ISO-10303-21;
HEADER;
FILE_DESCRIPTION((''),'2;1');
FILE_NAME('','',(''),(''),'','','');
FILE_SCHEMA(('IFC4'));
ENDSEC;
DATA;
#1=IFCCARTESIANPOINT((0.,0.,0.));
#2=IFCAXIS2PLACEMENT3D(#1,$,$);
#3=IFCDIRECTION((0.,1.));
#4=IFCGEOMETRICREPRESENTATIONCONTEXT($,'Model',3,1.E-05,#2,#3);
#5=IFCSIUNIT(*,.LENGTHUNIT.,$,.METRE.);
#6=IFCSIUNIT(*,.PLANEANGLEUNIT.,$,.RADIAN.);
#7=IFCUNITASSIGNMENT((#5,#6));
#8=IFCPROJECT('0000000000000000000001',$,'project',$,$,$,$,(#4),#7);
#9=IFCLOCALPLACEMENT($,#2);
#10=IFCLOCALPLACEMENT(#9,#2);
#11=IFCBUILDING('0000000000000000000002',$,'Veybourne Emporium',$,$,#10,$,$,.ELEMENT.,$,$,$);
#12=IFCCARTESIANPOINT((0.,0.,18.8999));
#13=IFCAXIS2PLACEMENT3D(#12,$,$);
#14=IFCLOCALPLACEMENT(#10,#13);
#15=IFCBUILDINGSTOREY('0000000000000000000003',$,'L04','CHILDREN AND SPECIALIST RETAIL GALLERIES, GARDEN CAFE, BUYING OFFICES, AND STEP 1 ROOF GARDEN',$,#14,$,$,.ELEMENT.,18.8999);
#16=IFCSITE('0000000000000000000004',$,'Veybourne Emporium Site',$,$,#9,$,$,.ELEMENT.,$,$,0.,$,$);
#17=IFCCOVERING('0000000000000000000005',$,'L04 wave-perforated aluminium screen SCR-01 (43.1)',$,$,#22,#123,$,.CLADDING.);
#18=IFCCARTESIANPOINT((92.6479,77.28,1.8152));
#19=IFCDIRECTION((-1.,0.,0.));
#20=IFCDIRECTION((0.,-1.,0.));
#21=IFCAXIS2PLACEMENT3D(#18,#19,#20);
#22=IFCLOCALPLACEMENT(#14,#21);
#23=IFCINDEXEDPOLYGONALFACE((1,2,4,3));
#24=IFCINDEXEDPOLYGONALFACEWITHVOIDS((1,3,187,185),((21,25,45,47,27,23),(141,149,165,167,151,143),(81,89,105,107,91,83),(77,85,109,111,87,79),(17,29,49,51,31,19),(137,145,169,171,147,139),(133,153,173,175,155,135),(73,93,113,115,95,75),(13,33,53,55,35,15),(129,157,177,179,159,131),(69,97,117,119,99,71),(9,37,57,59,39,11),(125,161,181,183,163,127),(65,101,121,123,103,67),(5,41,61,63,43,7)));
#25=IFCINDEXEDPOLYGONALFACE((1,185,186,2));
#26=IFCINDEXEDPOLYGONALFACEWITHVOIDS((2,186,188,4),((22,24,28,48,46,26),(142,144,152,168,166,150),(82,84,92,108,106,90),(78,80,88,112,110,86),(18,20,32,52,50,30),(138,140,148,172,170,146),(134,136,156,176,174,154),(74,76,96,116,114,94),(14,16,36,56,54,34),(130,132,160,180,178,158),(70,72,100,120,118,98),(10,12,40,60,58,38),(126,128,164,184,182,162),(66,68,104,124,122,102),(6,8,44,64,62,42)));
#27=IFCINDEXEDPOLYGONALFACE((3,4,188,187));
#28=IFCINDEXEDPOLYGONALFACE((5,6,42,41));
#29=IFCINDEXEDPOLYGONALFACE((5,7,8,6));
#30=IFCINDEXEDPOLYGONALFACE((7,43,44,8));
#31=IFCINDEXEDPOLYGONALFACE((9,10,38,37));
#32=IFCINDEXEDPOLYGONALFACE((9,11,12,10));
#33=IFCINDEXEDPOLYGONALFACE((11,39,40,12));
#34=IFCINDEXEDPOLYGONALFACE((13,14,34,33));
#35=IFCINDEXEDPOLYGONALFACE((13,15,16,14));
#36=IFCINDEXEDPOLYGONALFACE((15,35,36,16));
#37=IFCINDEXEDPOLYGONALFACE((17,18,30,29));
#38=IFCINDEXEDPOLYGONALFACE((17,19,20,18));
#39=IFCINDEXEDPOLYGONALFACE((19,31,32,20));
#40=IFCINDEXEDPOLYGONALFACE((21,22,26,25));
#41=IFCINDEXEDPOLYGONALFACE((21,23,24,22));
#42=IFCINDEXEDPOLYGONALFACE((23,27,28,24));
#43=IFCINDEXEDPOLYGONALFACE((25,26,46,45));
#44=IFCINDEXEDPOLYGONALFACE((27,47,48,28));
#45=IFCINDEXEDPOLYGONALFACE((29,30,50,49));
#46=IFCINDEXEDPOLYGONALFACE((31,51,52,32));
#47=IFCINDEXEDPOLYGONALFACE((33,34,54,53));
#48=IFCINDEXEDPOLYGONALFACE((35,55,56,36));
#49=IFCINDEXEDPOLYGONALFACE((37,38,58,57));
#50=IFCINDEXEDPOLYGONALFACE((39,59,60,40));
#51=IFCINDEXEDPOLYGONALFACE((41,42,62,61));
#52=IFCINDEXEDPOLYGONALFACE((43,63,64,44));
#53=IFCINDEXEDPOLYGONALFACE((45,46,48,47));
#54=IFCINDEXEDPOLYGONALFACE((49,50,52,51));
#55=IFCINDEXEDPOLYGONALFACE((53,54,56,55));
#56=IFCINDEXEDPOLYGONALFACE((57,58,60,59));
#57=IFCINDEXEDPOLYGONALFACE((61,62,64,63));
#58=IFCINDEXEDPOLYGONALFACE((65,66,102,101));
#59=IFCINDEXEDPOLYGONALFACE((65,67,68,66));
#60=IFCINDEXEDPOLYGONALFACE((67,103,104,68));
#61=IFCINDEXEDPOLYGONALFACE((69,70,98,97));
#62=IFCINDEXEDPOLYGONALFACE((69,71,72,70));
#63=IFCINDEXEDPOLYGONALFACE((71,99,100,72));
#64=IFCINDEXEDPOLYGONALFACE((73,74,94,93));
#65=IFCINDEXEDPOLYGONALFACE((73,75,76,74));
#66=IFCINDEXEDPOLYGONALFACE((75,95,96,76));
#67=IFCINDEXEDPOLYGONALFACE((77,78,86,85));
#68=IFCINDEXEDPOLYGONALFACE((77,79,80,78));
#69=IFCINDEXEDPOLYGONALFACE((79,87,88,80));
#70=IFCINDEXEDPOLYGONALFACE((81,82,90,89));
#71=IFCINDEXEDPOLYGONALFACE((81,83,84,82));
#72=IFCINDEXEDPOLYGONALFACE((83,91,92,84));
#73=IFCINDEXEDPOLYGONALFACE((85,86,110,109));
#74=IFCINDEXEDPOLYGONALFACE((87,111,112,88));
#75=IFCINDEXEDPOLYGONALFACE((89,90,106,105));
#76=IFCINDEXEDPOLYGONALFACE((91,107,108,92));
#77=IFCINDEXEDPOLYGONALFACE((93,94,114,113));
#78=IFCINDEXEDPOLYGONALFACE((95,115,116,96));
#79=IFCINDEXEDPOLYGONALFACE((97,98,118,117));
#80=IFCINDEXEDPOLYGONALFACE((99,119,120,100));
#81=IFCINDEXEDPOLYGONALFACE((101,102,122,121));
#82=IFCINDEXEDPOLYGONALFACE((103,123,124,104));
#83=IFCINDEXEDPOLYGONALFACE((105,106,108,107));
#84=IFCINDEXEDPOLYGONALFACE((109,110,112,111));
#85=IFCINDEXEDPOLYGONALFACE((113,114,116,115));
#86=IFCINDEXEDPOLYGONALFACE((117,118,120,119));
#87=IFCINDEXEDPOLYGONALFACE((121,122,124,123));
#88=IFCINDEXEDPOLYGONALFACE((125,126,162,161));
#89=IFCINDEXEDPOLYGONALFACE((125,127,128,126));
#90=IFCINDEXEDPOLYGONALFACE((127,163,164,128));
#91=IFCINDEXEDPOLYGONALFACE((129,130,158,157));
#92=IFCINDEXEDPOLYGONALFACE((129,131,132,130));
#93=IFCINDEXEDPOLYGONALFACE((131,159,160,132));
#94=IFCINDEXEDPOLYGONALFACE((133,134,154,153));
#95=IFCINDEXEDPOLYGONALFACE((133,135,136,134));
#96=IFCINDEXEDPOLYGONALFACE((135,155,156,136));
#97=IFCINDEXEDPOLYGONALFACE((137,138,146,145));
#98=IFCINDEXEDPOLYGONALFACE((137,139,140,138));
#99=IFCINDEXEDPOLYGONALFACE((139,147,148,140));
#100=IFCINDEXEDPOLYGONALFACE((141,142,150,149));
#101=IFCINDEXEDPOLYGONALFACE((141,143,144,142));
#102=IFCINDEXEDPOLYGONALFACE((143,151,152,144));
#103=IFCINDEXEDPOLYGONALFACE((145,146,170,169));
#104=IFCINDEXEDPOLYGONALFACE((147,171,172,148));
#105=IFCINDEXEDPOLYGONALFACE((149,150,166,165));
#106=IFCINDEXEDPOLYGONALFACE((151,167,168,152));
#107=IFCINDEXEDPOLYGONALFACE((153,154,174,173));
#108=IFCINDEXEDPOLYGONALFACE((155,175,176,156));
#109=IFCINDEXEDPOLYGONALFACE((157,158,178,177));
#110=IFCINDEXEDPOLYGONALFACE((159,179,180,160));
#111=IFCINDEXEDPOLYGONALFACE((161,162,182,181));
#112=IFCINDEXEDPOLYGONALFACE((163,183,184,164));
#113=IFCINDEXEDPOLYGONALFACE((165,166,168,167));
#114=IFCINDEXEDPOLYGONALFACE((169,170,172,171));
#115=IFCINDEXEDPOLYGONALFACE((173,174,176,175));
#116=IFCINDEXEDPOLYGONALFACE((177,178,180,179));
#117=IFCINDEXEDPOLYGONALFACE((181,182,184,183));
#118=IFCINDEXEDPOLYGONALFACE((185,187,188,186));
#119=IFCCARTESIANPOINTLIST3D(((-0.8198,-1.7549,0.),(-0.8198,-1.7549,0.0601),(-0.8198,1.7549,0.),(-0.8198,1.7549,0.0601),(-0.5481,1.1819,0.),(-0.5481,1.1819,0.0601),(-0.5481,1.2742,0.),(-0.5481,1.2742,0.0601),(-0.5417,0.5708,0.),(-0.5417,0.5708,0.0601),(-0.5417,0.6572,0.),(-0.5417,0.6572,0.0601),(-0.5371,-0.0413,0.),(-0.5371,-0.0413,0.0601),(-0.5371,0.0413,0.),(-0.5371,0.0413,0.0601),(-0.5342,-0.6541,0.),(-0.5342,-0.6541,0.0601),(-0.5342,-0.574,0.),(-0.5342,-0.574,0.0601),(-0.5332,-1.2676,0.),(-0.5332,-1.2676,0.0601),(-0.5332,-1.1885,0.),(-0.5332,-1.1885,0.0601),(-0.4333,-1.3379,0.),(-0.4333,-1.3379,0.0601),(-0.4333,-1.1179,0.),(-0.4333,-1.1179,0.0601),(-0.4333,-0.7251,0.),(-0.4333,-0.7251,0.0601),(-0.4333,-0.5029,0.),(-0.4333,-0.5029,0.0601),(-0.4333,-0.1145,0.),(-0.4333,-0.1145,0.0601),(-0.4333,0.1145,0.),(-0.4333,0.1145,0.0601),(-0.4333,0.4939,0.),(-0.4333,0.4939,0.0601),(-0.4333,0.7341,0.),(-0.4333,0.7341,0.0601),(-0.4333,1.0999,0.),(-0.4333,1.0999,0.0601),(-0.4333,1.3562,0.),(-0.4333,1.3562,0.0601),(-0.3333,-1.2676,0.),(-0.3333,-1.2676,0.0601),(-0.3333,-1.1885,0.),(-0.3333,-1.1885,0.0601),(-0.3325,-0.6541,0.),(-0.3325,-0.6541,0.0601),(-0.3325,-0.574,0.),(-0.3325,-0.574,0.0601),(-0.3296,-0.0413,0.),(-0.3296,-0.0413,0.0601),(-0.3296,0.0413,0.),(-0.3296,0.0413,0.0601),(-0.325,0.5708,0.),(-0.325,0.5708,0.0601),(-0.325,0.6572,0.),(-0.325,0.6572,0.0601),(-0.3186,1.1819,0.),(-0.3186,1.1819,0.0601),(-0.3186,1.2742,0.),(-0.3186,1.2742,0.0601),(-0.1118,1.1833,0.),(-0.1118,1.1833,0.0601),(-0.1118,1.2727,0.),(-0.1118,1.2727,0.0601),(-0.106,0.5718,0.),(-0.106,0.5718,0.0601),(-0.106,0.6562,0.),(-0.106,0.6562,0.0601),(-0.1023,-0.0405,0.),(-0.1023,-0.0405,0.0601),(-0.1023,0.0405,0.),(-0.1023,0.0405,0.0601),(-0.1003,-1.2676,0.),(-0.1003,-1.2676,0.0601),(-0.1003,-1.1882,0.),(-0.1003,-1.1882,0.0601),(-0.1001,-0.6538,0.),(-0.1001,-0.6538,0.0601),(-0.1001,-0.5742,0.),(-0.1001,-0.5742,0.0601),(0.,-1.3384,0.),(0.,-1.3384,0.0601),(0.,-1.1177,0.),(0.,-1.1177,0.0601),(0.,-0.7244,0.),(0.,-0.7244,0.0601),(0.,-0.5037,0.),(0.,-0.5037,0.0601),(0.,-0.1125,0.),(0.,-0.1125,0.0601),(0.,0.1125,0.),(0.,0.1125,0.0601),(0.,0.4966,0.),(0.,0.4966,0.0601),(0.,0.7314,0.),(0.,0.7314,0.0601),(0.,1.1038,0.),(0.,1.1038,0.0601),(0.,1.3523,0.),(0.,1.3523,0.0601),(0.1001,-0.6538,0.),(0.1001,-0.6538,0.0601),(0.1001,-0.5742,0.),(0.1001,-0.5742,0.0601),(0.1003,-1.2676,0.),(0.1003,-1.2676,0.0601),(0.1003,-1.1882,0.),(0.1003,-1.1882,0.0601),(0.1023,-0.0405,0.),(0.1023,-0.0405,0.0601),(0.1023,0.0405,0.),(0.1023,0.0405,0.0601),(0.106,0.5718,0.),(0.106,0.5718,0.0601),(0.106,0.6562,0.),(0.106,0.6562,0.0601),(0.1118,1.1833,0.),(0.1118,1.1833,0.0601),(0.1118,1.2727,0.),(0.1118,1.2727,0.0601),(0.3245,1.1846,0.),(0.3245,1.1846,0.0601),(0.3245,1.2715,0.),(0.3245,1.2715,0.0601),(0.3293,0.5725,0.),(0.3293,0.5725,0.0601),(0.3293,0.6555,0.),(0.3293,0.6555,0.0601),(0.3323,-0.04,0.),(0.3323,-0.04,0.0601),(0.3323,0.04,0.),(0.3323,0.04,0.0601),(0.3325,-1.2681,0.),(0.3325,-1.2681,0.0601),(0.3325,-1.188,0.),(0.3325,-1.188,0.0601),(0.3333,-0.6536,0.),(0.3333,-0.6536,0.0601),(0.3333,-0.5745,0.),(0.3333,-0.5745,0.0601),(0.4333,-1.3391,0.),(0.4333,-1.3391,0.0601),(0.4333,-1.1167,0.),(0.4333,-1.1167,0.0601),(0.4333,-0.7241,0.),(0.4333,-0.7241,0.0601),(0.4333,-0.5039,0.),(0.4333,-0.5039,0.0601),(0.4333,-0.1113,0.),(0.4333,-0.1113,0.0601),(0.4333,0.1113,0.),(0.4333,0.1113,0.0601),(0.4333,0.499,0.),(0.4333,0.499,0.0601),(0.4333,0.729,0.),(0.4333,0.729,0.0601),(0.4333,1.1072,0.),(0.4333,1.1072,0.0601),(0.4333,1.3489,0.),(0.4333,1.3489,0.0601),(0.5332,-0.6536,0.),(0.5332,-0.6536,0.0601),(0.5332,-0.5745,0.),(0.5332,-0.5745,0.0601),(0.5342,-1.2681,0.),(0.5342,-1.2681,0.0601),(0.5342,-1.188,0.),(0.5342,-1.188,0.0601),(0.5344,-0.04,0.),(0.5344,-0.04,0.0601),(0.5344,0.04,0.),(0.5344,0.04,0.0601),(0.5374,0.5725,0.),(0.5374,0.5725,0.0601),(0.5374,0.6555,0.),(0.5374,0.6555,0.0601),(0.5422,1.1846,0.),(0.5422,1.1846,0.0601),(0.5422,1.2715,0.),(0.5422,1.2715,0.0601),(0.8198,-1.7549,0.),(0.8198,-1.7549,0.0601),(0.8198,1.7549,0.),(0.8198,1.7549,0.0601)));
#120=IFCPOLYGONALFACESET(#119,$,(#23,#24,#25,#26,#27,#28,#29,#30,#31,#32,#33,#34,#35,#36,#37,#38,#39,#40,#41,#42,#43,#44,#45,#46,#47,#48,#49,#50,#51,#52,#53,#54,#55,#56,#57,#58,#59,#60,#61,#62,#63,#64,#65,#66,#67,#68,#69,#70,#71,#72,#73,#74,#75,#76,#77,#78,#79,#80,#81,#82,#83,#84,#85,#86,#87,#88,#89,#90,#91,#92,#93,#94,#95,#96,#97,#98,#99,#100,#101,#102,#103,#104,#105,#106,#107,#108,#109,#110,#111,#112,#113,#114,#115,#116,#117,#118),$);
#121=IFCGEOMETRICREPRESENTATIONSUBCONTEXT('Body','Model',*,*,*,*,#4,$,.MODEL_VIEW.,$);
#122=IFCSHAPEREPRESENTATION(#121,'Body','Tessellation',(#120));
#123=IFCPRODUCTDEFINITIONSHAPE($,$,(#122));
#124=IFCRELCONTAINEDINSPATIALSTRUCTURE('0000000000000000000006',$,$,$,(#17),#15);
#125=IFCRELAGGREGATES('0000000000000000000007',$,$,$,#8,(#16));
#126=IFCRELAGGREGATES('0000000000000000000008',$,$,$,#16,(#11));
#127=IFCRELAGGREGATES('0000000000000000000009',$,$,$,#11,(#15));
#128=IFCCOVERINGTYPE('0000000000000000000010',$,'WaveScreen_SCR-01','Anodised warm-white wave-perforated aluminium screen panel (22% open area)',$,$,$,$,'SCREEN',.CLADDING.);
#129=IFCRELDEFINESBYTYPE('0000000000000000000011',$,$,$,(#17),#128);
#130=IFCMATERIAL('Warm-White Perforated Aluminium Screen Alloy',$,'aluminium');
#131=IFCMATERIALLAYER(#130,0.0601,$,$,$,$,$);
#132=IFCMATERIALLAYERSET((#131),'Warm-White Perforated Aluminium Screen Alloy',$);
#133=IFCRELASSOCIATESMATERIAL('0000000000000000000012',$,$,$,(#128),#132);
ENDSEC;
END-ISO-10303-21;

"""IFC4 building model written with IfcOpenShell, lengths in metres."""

from ifc_helpers import new_model, si_unit, direction, frame, origin, place, context, subcontext, project, spatial, polyline, outline, extrude, material, layer, layer_set, type_object, element, save


model = new_model("IFC4")

# Units and contexts
model_context = context("Model", 3, precision=1e-05, world=origin(), true_north=direction((0.0, 1.0)))
body_context = subcontext(model_context, "Body", "Model", "MODEL_VIEW")
ifc_project = project(units=[si_unit("LENGTHUNIT", "METRE"), si_unit("PLANEANGLEUNIT", "RADIAN")], contexts=[model_context])

# Site, building, storey
site_placement = place(None, origin())
site = spatial("IfcSite", under=ifc_project, at=site_placement, Name="Veybourne Emporium Site", CompositionType="ELEMENT", RefElevation=0.0)
building_placement = place(site_placement, origin())
building = spatial("IfcBuilding", under=site, at=building_placement, Name="Veybourne Emporium", CompositionType="ELEMENT")
storey_placement = place(building_placement, frame((0.0, 0.0, 18.8999)))
storey = spatial("IfcBuildingStorey", under=building, at=storey_placement, Name="L04", Description="CHILDREN AND SPECIALIST RETAIL GALLERIES, GARDEN CAFE, BUYING OFFICES, AND STEP 1 ROOF GARDEN", CompositionType="ELEMENT", Elevation=18.8999)

# Covering
ifc_material_1 = material(Name="Warm-White Perforated Aluminium Screen Alloy", Category="aluminium")
ifc_layer_1 = layer(ifc_material_1, 0.0601)
ifc_layer_set_1 = layer_set([ifc_layer_1], Name="Warm-White Perforated Aluminium Screen Alloy")
covering_type_1 = type_object("IfcCoveringType", Name="WaveScreen_SCR-01", Description="Anodised warm-white wave-perforated aluminium screen panel (22% open area)", ElementType="SCREEN", PredefinedType="CLADDING", material=ifc_layer_set_1)
covering_1_placement = place(storey_placement, frame((92.6479, 77.28, 1.8152), z_axis=(-1.0, 0.0, 0.0), x_axis=(0.0, -1.0, 0.0)))
element("IfcCovering", 1, at=covering_1_placement, inside=storey, type_object=covering_type_1, Name="L04 wave-perforated aluminium screen SCR-01 (43.1)", PredefinedType="CLADDING", context=body_context, shape_type="SweptSolid", body=[
    extrude(outline(polyline([(-0.8198, -1.7549), (0.8198, -1.7549), (0.8198, 1.7549), (-0.8198, 1.7549), (-0.8198, -1.7549)]), holes=[polyline([(-0.4333, -1.1179), (-0.3333, -1.1885), (-0.3333, -1.2676), (-0.4333, -1.3379), (-0.5332, -1.2676), (-0.5332, -1.1885), (-0.4333, -1.1179)]), polyline([(-0.4333, -0.5029), (-0.3325, -0.574), (-0.3325, -0.6541), (-0.4333, -0.7251), (-0.5342, -0.6541), (-0.5342, -0.574), (-0.4333, -0.5029)]), polyline([(-0.4333, 0.1145), (-0.3296, 0.0413), (-0.3296, -0.0413), (-0.4333, -0.1145), (-0.5371, -0.0413), (-0.5371, 0.0413), (-0.4333, 0.1145)]), polyline([(-0.4333, 0.7341), (-0.325, 0.6572), (-0.325, 0.5708), (-0.4333, 0.4939), (-0.5417, 0.5708), (-0.5417, 0.6572), (-0.4333, 0.7341)]), polyline([(-0.4333, 1.3562), (-0.3186, 1.2742), (-0.3186, 1.1819), (-0.4333, 1.0999), (-0.5481, 1.1819), (-0.5481, 1.2742), (-0.4333, 1.3562)]), polyline([(0.0, -1.1177), (0.1003, -1.1882), (0.1003, -1.2676), (0.0, -1.3384), (-0.1003, -1.2676), (-0.1003, -1.1882), (0.0, -1.1177)]), polyline([(0.0, -0.5037), (0.1001, -0.5742), (0.1001, -0.6538), (0.0, -0.7244), (-0.1001, -0.6538), (-0.1001, -0.5742), (0.0, -0.5037)]), polyline([(0.0, 0.1125), (0.1023, 0.0405), (0.1023, -0.0405), (0.0, -0.1125), (-0.1023, -0.0405), (-0.1023, 0.0405), (0.0, 0.1125)]), polyline([(0.0, 0.7314), (0.106, 0.6562), (0.106, 0.5718), (0.0, 0.4966), (-0.106, 0.5718), (-0.106, 0.6562), (0.0, 0.7314)]), polyline([(0.0, 1.3523), (0.1118, 1.2727), (0.1118, 1.1833), (0.0, 1.1038), (-0.1118, 1.1833), (-0.1118, 1.2727), (0.0, 1.3523)]), polyline([(0.4333, -1.1167), (0.5342, -1.188), (0.5342, -1.2681), (0.4333, -1.3391), (0.3325, -1.2681), (0.3325, -1.188), (0.4333, -1.1167)]), polyline([(0.4333, -0.5039), (0.5332, -0.5745), (0.5332, -0.6536), (0.4333, -0.7241), (0.3333, -0.6536), (0.3333, -0.5745), (0.4333, -0.5039)]), polyline([(0.4333, 0.1113), (0.5344, 0.04), (0.5344, -0.04), (0.4333, -0.1113), (0.3323, -0.04), (0.3323, 0.04), (0.4333, 0.1113)]), polyline([(0.4333, 0.729), (0.5374, 0.6555), (0.5374, 0.5725), (0.4333, 0.499), (0.3293, 0.5725), (0.3293, 0.6555), (0.4333, 0.729)]), polyline([(0.4333, 1.3489), (0.5422, 1.2715), (0.5422, 1.1846), (0.4333, 1.1072), (0.3245, 1.1846), (0.3245, 1.2715), (0.4333, 1.3489)])]), origin(), (0.0, 0.0, 1.0), 0.0601),
])

save(model, "model.ifc")
